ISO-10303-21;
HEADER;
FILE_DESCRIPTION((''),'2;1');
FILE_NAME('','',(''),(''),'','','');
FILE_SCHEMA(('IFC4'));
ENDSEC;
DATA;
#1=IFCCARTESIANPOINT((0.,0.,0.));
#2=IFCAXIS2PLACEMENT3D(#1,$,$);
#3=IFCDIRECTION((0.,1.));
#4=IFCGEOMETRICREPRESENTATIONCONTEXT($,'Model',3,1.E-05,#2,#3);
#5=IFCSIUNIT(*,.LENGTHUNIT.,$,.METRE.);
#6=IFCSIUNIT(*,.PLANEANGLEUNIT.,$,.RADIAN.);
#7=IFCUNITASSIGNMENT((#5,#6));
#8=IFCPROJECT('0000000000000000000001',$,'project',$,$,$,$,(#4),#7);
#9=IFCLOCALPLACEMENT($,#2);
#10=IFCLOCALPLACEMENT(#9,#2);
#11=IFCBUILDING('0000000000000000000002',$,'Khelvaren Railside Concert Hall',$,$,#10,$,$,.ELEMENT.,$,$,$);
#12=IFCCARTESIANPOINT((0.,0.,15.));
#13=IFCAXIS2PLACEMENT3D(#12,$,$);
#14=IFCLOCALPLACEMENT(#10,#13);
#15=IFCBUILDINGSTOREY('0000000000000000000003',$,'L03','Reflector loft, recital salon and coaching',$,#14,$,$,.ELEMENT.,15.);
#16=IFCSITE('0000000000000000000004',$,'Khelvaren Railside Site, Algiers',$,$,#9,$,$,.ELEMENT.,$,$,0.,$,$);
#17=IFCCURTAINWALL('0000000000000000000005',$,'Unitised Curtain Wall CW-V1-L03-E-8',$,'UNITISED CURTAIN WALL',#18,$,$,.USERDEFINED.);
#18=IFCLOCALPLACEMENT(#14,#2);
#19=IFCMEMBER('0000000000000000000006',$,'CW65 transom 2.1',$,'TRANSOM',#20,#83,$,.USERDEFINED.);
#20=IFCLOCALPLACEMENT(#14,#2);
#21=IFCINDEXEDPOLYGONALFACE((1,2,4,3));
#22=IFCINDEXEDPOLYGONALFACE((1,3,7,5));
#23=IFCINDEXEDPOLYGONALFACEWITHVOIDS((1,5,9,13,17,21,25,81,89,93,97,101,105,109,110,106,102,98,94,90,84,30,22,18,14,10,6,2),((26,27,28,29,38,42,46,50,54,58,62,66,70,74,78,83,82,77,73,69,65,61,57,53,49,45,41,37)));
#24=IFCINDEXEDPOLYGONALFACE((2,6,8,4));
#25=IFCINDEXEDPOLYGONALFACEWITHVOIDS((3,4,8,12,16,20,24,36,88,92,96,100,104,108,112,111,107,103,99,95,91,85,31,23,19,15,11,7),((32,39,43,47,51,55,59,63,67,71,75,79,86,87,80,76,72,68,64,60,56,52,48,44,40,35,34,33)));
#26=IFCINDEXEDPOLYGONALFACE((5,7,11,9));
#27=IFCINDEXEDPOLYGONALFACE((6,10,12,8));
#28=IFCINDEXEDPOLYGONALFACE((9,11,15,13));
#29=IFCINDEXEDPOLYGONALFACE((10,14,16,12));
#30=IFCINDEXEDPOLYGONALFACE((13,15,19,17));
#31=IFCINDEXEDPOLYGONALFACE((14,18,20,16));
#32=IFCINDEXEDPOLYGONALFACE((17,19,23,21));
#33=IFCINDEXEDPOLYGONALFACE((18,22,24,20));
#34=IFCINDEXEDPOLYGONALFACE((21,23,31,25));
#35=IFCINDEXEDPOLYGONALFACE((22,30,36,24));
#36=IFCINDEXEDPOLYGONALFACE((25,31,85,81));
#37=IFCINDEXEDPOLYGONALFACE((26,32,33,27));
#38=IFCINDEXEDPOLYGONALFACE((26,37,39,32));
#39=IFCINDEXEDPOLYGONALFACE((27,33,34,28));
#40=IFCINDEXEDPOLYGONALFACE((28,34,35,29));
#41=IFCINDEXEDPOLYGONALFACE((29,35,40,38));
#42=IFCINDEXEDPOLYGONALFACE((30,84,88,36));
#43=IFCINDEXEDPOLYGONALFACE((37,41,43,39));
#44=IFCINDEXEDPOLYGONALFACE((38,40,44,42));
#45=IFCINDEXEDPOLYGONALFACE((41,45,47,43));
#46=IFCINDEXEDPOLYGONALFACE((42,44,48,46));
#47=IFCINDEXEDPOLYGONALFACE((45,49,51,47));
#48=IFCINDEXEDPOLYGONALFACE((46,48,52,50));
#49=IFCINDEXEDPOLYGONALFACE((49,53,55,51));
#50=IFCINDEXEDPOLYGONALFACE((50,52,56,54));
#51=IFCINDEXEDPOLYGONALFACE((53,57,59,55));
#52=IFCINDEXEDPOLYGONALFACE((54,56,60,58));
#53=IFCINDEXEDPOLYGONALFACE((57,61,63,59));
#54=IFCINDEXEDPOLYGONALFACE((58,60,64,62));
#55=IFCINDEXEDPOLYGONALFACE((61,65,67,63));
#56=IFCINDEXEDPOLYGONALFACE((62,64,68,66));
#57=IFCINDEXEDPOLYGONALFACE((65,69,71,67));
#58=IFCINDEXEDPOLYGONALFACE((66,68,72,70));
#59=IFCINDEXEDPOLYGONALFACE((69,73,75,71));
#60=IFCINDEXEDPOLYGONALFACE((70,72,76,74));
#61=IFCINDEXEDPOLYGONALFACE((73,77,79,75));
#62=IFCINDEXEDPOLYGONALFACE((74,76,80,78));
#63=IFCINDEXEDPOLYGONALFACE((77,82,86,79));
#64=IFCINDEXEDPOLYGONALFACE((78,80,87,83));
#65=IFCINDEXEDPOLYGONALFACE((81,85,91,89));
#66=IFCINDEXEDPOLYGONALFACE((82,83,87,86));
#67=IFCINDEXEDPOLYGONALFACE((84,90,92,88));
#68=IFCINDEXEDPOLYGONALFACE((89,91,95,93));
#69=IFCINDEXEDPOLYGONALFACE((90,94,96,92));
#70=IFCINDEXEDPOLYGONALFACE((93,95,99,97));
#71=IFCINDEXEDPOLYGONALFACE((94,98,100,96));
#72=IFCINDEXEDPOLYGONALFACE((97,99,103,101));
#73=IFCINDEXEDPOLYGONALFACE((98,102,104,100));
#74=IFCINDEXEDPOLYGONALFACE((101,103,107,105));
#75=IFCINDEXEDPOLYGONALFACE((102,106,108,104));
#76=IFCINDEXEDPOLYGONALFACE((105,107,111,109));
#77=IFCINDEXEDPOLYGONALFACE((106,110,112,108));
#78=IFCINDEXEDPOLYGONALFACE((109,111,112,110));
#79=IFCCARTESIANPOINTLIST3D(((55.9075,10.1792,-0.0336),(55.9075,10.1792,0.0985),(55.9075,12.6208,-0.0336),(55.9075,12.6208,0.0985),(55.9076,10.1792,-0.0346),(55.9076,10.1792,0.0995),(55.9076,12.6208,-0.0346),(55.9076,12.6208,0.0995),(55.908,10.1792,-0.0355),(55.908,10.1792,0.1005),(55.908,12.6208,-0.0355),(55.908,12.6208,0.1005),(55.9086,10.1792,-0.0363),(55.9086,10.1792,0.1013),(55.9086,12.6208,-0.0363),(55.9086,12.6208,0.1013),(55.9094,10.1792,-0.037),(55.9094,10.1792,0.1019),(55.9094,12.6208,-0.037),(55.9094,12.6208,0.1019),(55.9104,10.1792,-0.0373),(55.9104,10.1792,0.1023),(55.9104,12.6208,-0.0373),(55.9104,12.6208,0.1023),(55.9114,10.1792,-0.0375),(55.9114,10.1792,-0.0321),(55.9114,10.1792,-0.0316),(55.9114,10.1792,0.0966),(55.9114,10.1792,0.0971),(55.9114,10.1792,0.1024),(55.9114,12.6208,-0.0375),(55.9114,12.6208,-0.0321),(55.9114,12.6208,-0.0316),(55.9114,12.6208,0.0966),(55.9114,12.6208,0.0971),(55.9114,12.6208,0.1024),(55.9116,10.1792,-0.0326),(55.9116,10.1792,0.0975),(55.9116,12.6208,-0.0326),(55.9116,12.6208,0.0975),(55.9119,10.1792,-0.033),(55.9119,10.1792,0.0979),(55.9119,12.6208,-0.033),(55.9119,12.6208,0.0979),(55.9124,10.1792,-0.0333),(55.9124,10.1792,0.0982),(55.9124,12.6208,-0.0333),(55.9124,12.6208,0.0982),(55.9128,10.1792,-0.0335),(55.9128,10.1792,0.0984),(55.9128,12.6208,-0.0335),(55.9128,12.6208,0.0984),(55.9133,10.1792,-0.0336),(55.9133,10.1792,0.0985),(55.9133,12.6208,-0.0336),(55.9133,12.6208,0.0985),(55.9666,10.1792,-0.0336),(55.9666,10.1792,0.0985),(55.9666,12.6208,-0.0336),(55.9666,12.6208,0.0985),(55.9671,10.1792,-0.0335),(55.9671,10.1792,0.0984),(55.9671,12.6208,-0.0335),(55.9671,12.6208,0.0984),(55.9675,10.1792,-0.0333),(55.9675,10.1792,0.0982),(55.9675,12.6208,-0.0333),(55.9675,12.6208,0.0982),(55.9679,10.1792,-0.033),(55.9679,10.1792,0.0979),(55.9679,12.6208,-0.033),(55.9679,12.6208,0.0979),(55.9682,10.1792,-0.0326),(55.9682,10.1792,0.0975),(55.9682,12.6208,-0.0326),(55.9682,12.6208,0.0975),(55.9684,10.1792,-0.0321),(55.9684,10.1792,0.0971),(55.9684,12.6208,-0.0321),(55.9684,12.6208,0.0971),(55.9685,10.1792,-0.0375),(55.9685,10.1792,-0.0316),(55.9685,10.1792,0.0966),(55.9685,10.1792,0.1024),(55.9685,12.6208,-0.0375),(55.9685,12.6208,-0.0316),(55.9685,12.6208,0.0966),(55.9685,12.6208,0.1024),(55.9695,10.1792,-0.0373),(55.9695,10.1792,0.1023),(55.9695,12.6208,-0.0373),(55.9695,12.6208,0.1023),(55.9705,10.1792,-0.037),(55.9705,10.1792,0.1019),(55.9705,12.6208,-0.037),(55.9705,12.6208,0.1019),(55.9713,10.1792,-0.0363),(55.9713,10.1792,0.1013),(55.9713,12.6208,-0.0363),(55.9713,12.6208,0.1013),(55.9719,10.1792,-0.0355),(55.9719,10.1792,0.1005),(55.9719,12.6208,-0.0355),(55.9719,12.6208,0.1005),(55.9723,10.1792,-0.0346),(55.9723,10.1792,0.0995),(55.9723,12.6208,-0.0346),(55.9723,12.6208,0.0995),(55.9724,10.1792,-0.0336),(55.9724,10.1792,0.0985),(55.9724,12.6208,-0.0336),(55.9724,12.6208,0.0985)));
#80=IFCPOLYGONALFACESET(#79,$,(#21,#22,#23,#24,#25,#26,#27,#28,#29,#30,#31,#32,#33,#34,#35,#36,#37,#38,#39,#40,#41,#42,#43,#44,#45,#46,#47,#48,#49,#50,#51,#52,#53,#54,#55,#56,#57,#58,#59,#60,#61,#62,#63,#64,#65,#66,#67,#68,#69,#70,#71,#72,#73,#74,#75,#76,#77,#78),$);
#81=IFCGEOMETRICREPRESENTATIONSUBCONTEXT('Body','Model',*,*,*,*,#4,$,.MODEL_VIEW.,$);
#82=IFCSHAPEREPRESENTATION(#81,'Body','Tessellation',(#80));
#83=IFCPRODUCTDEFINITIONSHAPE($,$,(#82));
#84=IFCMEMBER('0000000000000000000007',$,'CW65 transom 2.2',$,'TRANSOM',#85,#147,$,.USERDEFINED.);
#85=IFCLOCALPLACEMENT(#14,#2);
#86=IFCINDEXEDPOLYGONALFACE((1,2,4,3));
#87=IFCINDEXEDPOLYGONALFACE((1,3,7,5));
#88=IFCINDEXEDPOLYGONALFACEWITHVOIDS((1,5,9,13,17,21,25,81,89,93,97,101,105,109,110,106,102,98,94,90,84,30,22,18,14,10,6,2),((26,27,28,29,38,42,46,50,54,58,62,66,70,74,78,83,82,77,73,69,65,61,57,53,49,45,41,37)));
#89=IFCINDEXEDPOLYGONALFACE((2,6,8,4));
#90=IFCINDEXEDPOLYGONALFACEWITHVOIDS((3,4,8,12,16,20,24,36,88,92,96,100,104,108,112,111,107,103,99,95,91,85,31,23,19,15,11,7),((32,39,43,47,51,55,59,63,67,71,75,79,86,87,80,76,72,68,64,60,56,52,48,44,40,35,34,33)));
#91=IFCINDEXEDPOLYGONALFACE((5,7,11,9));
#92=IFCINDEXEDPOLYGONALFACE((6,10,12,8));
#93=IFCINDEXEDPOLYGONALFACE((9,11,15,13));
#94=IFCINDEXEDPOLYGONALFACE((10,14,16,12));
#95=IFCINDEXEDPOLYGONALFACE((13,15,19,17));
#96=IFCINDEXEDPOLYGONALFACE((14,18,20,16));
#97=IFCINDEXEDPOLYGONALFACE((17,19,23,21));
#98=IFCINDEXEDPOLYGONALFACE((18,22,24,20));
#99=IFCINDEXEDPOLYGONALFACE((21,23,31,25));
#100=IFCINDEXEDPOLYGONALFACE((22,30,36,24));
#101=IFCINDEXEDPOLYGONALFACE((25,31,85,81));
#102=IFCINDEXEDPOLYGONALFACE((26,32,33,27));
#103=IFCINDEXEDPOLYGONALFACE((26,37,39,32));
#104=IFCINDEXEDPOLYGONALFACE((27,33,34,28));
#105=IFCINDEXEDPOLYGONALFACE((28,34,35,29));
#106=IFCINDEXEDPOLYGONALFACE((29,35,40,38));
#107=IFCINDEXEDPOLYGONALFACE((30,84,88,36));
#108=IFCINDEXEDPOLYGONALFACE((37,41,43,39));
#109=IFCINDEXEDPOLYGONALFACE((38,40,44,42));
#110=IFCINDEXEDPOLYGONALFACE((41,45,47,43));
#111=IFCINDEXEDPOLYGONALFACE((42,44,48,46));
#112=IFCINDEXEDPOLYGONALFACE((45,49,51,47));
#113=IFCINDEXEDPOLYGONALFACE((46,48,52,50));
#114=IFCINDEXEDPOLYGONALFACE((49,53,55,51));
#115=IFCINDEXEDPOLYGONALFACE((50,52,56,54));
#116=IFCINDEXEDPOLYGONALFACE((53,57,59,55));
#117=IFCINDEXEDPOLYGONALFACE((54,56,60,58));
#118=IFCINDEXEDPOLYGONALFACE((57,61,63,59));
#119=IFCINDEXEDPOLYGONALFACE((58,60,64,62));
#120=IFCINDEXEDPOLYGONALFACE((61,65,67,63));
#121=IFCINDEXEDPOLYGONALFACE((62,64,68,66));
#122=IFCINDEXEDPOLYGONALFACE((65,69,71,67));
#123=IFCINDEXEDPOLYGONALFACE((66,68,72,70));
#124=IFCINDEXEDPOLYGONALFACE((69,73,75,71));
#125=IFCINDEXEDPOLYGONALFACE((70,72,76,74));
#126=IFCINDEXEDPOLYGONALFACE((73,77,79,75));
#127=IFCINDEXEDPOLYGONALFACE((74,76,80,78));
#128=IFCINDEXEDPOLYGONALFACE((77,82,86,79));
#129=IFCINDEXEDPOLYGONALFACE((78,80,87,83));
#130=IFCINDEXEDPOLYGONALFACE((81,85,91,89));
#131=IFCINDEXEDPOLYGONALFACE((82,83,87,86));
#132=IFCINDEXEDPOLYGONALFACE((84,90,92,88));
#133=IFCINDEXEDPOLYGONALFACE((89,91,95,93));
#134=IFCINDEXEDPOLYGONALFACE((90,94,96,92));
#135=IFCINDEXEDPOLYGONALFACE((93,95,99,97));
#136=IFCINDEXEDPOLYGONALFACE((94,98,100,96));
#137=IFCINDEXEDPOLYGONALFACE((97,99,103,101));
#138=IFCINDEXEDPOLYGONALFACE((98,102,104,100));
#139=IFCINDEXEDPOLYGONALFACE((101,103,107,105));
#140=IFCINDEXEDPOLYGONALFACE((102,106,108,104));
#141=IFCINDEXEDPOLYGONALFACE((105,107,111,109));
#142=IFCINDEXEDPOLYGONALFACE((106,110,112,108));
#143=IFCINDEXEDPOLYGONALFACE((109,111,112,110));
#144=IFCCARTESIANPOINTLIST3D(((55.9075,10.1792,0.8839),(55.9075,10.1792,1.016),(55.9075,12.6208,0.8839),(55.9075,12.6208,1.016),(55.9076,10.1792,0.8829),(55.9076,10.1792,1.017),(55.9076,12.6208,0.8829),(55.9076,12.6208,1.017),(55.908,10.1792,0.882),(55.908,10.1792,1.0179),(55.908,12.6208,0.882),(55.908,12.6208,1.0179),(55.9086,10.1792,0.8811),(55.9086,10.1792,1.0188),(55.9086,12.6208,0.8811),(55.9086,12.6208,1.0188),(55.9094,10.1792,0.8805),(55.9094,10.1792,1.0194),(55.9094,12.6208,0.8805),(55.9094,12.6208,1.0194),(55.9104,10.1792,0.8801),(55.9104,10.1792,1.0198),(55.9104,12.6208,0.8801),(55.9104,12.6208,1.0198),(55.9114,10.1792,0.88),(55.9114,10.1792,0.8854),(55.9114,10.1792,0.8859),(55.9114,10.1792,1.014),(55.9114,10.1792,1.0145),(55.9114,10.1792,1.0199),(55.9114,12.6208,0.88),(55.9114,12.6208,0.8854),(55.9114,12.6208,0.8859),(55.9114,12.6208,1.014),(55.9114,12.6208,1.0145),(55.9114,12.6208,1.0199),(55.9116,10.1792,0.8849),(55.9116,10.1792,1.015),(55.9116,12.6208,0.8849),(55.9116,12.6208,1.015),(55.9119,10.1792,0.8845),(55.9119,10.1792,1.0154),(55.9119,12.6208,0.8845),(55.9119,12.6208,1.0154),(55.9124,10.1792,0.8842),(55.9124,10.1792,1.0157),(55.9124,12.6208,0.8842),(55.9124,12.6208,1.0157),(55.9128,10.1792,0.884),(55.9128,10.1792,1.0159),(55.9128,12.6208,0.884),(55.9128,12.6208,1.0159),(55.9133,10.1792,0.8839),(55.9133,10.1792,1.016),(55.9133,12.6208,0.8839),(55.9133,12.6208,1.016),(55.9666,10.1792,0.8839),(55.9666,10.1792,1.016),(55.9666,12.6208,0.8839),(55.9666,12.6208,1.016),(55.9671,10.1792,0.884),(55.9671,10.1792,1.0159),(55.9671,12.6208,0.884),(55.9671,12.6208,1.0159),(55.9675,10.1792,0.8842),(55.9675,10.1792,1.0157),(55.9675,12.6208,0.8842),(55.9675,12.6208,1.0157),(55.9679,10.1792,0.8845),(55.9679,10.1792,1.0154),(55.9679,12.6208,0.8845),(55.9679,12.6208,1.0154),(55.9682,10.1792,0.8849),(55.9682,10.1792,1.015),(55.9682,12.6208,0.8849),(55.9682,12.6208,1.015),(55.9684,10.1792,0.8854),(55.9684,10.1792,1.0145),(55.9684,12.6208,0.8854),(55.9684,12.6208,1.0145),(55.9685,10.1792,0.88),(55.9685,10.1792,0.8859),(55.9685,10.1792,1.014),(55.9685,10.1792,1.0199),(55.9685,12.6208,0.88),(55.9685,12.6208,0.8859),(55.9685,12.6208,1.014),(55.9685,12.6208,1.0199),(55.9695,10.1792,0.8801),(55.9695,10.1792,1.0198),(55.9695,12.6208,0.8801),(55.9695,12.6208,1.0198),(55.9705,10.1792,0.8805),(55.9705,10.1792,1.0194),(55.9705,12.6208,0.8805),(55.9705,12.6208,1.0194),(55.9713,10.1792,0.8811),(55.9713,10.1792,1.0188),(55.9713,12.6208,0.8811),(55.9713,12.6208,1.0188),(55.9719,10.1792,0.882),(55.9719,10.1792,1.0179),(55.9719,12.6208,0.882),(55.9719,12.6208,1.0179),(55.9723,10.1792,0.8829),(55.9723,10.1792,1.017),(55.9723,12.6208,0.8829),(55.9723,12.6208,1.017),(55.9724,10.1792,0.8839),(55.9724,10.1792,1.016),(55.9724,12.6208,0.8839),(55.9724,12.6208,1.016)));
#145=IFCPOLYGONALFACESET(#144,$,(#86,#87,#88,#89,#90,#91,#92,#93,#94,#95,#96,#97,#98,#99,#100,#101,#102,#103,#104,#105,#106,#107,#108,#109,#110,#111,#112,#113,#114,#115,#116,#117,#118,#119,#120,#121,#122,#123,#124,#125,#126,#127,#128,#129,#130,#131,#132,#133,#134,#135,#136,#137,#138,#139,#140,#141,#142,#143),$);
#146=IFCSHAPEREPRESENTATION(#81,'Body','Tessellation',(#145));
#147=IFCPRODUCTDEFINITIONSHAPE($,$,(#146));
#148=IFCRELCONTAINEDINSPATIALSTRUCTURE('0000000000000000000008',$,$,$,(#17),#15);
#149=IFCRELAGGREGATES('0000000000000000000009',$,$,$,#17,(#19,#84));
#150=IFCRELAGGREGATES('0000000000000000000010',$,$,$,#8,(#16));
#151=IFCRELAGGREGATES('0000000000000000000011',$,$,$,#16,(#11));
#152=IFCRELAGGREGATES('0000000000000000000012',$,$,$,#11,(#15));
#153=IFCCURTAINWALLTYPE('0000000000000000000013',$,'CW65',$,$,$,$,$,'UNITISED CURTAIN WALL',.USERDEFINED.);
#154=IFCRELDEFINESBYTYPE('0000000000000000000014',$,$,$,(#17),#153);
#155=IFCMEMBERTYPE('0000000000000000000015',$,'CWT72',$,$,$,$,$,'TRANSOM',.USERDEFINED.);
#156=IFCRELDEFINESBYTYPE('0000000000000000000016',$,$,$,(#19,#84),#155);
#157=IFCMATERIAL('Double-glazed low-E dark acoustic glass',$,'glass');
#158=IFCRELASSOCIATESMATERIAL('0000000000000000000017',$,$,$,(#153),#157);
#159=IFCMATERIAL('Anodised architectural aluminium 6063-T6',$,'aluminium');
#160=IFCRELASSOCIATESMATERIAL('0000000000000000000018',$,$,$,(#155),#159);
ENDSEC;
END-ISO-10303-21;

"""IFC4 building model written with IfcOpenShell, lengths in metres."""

from ifc_helpers import new_model, si_unit, direction, frame, origin, origin_2d, place, context, subcontext, project, spatial, hollow_rectangle, extrude, material, material_profile, profile_set, type_object, element, aggregate, save


model = new_model("IFC4")

# Units and contexts
model_context = context("Model", 3, precision=1e-05, world=origin(), true_north=direction((0.0, 1.0)))
body_context = subcontext(model_context, "Body", "Model", "MODEL_VIEW")
ifc_project = project(units=[si_unit("LENGTHUNIT", "METRE"), si_unit("PLANEANGLEUNIT", "RADIAN")], contexts=[model_context])

# Site, building, storey
site_placement = place(None, origin())
site = spatial("IfcSite", under=ifc_project, at=site_placement, Name="Khelvaren Railside Site, Algiers", CompositionType="ELEMENT", RefElevation=0.0)
building_placement = place(site_placement, origin())
building = spatial("IfcBuilding", under=site, at=building_placement, Name="Khelvaren Railside Concert Hall", CompositionType="ELEMENT")
storey_placement = place(building_placement, frame((0.0, 0.0, 15.0)))
storey = spatial("IfcBuildingStorey", under=building, at=storey_placement, Name="L03", Description="Reflector loft, recital salon and coaching", CompositionType="ELEMENT", Elevation=15.0)

# Curtain wall, members
ifc_material_1 = material(Name="Double-glazed low-E dark acoustic glass", Category="glass")
curtain_wall_type = type_object("IfcCurtainWallType", Name="CW65", ElementType="UNITISED CURTAIN WALL", PredefinedType="USERDEFINED", material=ifc_material_1)
curtain_wall_placement = place(storey_placement, origin())
curtain_wall = element("IfcCurtainWall", 1, at=curtain_wall_placement, inside=storey, type_object=curtain_wall_type, Name="Unitised Curtain Wall CW-V1-L03-E-8", ObjectType="UNITISED CURTAIN WALL", PredefinedType="USERDEFINED")
ifc_material_2 = material(Name="Anodised architectural aluminium 6063-T6", Category="aluminium")
ifc_material_profile_1 = material_profile(ifc_material_2, hollow_rectangle(XDim=0.0649, YDim=0.1399, WallThickness=0.0039, InnerFilletRadius=0.002, OuterFilletRadius=0.0039, at=origin_2d()), Name="CWT 65x140x4")
ifc_profile_set_1 = profile_set([ifc_material_profile_1], Name="Anodised architectural aluminium 6063-T6")
member_type_1 = type_object("IfcMemberType", Name="CWT72", ElementType="TRANSOM", PredefinedType="USERDEFINED", material=ifc_profile_set_1)
member_1_placement = place(storey_placement, frame((55.9399, 12.6208, 0.0325), z_axis=(0.0, -1.0, 0.0), x_axis=(1.0, 0.0, 0.0)))
member_1 = element("IfcMember", 2, at=member_1_placement, type_object=member_type_1, Name="CW65 transom 2.1", ObjectType="TRANSOM", PredefinedType="USERDEFINED", context=body_context, shape_type="SweptSolid", body=[
    extrude(hollow_rectangle(XDim=0.0649, YDim=0.1399, WallThickness=0.0039, InnerFilletRadius=0.002, OuterFilletRadius=0.0039, at=origin_2d()), origin(), (0.0, 0.0, 1.0), 2.4417),
])
member_2_placement = place(storey_placement, frame((55.9399, 12.6208, 0.95), z_axis=(0.0, -1.0, 0.0), x_axis=(1.0, 0.0, 0.0)))
member_2 = element("IfcMember", 3, at=member_2_placement, type_object=member_type_1, Name="CW65 transom 2.2", ObjectType="TRANSOM", PredefinedType="USERDEFINED", context=body_context, shape_type="SweptSolid", body=[
    extrude(hollow_rectangle(XDim=0.0649, YDim=0.1399, WallThickness=0.0039, InnerFilletRadius=0.002, OuterFilletRadius=0.0039, at=origin_2d()), origin(), (0.0, 0.0, 1.0), 2.4417),
])

aggregate(curtain_wall, [member_1, member_2])

save(model, "model.ifc")
